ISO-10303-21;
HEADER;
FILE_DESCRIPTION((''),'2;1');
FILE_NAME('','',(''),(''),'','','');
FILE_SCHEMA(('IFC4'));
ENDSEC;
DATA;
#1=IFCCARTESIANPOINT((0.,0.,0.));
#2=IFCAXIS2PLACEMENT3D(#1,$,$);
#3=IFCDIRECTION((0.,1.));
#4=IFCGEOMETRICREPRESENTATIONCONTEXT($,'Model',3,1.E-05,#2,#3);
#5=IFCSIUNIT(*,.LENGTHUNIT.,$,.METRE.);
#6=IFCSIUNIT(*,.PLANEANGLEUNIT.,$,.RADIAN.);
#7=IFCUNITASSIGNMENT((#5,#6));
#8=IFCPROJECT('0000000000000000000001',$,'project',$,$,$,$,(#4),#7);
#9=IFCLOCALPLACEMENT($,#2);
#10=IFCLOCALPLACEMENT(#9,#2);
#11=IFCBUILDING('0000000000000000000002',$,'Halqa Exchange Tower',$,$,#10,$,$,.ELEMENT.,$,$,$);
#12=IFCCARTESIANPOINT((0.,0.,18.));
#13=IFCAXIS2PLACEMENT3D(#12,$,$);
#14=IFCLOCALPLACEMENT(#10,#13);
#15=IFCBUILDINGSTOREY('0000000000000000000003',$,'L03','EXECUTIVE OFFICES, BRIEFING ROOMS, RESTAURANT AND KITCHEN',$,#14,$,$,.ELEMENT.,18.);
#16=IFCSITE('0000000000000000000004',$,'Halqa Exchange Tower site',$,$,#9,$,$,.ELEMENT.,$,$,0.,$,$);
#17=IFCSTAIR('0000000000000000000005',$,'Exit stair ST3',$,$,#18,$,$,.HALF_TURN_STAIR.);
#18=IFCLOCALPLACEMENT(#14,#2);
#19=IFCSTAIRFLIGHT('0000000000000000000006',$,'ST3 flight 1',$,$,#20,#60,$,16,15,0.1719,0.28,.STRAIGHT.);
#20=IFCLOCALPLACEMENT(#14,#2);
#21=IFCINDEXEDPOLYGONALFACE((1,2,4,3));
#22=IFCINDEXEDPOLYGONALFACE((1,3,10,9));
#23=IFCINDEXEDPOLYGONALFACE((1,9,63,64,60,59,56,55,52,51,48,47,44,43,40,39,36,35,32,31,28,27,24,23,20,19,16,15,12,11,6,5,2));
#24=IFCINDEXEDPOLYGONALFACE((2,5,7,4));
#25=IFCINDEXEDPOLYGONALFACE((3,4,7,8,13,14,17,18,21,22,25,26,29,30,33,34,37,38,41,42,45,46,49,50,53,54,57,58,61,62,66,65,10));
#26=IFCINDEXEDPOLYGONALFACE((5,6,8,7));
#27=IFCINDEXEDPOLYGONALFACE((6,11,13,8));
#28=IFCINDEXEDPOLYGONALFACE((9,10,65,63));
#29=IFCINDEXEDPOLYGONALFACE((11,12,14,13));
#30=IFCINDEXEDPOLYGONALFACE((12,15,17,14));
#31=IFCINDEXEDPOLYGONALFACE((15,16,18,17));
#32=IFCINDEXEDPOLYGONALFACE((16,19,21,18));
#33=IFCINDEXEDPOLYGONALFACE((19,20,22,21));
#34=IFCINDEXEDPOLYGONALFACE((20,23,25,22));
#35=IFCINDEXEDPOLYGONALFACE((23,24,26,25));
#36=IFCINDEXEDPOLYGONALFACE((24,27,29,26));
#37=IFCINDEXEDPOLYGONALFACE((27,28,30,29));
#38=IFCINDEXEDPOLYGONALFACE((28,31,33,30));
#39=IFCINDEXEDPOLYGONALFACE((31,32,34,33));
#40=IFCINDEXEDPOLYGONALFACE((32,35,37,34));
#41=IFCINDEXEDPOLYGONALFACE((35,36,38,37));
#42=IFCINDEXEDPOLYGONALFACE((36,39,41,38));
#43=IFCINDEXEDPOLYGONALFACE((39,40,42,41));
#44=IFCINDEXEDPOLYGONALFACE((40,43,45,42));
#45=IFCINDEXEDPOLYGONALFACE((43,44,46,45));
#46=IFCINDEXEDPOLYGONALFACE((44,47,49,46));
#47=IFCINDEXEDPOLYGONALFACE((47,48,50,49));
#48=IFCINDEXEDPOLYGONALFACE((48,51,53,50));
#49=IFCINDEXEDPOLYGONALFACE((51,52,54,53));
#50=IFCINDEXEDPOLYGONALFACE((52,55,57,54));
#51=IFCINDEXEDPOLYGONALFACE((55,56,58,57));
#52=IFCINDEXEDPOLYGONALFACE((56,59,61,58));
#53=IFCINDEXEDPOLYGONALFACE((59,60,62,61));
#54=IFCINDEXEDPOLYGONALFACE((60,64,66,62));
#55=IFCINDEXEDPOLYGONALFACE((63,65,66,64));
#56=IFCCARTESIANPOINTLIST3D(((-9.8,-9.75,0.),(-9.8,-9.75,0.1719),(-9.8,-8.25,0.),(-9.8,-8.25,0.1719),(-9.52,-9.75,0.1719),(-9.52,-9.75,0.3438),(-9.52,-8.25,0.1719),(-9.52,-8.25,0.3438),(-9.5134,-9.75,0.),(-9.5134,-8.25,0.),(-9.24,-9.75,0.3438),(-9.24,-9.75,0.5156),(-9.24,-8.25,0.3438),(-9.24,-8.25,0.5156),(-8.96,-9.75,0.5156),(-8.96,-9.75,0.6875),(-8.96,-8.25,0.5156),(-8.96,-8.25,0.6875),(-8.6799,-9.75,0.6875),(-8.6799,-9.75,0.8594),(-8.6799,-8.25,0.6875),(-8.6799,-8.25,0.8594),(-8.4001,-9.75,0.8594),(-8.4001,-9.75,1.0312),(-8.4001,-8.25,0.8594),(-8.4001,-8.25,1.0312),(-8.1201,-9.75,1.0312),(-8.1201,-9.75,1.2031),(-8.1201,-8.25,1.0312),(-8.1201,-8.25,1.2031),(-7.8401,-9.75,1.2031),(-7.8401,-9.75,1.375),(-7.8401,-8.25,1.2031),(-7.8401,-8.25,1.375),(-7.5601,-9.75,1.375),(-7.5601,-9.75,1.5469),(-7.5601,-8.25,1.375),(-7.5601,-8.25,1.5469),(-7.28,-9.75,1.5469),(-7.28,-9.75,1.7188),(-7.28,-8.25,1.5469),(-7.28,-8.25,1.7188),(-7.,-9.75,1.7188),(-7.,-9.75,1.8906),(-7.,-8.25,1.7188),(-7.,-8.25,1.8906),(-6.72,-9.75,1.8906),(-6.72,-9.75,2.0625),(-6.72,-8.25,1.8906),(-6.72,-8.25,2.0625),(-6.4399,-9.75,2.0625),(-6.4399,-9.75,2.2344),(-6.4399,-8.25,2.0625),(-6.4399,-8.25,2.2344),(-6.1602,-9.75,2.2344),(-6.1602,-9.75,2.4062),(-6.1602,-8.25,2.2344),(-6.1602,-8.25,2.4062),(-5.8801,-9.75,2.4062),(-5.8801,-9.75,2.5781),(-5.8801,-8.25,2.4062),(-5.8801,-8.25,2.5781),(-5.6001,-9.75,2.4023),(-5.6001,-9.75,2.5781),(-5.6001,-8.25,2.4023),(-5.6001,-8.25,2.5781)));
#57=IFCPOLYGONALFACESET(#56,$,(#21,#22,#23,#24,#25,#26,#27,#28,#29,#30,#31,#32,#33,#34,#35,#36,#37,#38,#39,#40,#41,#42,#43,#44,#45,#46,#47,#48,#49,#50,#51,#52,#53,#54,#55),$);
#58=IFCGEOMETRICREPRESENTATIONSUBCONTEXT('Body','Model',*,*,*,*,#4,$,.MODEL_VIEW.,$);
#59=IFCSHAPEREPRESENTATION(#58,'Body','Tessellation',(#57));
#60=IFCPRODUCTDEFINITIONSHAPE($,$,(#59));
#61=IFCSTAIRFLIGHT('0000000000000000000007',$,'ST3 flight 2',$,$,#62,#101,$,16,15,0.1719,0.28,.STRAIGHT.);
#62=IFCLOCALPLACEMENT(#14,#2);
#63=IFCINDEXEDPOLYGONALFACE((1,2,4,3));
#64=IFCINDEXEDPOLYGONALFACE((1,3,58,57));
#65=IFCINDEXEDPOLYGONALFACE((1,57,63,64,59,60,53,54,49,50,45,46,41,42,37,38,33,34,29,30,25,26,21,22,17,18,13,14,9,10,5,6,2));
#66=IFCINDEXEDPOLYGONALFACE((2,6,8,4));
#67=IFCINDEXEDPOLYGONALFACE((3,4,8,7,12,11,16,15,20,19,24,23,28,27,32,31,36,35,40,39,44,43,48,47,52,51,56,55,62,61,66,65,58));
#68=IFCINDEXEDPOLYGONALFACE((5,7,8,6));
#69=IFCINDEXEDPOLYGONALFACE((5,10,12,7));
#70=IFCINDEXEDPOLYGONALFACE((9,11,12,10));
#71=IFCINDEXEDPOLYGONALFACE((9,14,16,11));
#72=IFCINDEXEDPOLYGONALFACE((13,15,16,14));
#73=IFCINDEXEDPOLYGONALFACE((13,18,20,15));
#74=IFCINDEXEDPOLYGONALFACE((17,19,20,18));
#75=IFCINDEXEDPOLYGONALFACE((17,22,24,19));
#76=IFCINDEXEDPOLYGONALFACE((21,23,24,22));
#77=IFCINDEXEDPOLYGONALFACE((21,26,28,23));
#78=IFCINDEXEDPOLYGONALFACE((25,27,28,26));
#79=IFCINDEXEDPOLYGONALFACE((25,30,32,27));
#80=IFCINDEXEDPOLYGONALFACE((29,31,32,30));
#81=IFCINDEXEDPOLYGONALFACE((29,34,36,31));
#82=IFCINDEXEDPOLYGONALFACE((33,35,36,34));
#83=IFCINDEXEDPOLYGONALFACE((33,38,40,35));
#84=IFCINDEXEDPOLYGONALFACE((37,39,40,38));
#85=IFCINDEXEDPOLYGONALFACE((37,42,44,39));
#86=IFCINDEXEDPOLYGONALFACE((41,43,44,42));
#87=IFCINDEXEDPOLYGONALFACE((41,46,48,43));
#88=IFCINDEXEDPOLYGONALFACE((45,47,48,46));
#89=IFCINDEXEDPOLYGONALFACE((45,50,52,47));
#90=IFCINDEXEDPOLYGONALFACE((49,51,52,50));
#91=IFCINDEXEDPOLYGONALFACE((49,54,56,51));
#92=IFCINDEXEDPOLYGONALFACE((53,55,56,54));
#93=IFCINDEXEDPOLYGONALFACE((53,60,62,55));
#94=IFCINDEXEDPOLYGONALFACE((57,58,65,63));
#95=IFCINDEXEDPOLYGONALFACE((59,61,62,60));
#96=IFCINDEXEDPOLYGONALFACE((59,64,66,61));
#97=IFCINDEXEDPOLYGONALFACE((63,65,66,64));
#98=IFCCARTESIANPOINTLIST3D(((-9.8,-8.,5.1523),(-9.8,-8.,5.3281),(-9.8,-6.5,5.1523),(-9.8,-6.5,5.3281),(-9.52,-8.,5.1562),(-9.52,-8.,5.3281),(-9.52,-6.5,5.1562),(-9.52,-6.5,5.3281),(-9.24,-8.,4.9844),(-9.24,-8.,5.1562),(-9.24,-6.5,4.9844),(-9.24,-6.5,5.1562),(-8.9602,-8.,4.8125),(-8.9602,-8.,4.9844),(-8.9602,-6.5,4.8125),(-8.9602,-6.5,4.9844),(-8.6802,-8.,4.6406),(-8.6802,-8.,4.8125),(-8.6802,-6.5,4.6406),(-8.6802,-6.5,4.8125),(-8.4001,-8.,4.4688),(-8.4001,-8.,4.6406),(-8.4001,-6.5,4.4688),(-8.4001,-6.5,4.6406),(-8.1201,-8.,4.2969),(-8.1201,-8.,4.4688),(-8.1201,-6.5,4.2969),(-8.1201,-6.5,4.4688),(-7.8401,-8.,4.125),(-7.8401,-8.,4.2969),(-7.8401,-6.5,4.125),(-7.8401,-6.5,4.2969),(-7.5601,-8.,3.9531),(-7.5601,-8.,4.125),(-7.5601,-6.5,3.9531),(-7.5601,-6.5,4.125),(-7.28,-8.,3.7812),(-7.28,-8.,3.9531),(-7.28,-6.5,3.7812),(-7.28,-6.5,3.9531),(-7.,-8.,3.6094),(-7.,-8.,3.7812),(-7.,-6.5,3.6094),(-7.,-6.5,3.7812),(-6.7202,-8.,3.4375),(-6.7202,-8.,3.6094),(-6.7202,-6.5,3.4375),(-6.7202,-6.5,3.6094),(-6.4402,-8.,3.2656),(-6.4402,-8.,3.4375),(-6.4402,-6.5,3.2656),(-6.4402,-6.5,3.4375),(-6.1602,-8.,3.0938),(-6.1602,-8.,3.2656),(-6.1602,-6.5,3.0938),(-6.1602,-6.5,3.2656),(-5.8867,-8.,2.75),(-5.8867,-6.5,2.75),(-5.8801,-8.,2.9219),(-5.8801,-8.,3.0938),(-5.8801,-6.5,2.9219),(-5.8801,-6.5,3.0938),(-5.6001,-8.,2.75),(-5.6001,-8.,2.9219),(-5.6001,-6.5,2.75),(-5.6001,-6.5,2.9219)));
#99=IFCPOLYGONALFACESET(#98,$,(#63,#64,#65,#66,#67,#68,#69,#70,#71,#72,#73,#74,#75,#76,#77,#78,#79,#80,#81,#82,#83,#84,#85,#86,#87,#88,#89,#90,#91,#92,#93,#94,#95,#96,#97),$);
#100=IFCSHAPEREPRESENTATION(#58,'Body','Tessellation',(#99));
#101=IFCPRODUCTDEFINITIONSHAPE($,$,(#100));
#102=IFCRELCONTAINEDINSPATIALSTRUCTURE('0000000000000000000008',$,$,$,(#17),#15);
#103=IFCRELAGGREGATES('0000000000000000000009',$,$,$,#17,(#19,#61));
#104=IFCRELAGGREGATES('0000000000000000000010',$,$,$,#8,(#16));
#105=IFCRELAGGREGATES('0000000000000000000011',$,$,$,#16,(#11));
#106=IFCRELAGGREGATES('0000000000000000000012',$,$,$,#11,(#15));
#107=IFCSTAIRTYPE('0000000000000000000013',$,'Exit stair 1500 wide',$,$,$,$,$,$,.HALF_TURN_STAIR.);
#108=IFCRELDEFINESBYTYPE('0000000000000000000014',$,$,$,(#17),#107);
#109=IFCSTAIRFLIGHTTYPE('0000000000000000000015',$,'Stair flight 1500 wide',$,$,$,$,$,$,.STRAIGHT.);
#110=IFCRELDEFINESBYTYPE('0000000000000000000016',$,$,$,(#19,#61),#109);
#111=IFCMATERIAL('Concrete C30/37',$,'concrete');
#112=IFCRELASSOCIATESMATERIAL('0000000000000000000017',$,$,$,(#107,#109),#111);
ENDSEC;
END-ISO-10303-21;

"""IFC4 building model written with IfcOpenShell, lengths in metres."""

from ifc_helpers import new_model, si_unit, direction, frame, origin, place, context, subcontext, project, spatial, polyline, outline, extrude, material, type_object, element, aggregate, save


model = new_model("IFC4")

# Units and contexts
model_context = context("Model", 3, precision=1e-05, world=origin(), true_north=direction((0.0, 1.0)))
body_context = subcontext(model_context, "Body", "Model", "MODEL_VIEW")
ifc_project = project(units=[si_unit("LENGTHUNIT", "METRE"), si_unit("PLANEANGLEUNIT", "RADIAN")], contexts=[model_context])

# Site, building, storey
site_placement = place(None, origin())
site = spatial("IfcSite", under=ifc_project, at=site_placement, Name="Halqa Exchange Tower site", CompositionType="ELEMENT", RefElevation=0.0)
building_placement = place(site_placement, origin())
building = spatial("IfcBuilding", under=site, at=building_placement, Name="Halqa Exchange Tower", CompositionType="ELEMENT")
storey_placement = place(building_placement, frame((0.0, 0.0, 18.0)))
storey = spatial("IfcBuildingStorey", under=building, at=storey_placement, Name="L03", Description="EXECUTIVE OFFICES, BRIEFING ROOMS, RESTAURANT AND KITCHEN", CompositionType="ELEMENT", Elevation=18.0)

# Stair, stair flights
ifc_material_1 = material(Name="Concrete C30/37", Category="concrete")
stair_type = type_object("IfcStairType", Name="Exit stair 1500 wide", PredefinedType="HALF_TURN_STAIR", material=ifc_material_1)
stair_placement = place(storey_placement, origin())
stair = element("IfcStair", 1, at=stair_placement, inside=storey, type_object=stair_type, Name="Exit stair ST3", PredefinedType="HALF_TURN_STAIR")
stair_flight_type = type_object("IfcStairFlightType", Name="Stair flight 1500 wide", PredefinedType="STRAIGHT", material=ifc_material_1)
stair_flight_1_placement = place(storey_placement, frame((-9.8, -9.0, 0.0), z_axis=(0.0, 0.0, 1.0), x_axis=(1.0, 0.0, 0.0)))
stair_flight_1 = element("IfcStairFlight", 2, at=stair_flight_1_placement, type_object=stair_flight_type, Name="ST3 flight 1", NumberOfRisers=16, NumberOfTreads=15, PredefinedType="STRAIGHT", RiserHeight=0.1719, TreadLength=0.28, context=body_context, shape_type="SweptSolid", body=[
    extrude(outline(polyline([(0.0, 0.0), (0.0, 0.1719), (0.28, 0.1719), (0.28, 0.3438), (0.5601, 0.3438), (0.5601, 0.5156), (0.8401, 0.5156), (0.8401, 0.6875), (1.1201, 0.6875), (1.1201, 0.8594), (1.3999, 0.8594), (1.3999, 1.0312), (1.6799, 1.0312), (1.6799, 1.2031), (1.96, 1.2031), (1.96, 1.375), (2.24, 1.375), (2.24, 1.5469), (2.52, 1.5469), (2.52, 1.7188), (2.8, 1.7188), (2.8, 1.8906), (3.0801, 1.8906), (3.0801, 2.0625), (3.3601, 2.0625), (3.3601, 2.2344), (3.6399, 2.2344), (3.6399, 2.4062), (3.9199, 2.4062), (3.9199, 2.5781), (4.2, 2.5781), (4.2, 2.75), (4.2, 2.4023), (0.2866, 0.0), (0.0, 0.0)])), frame((0.0, 0.75, 0.0), z_axis=(0.0, -1.0, 0.0), x_axis=(1.0, 0.0, 0.0)), (0.0, 0.0, 1.0), 1.5),
])
stair_flight_2_placement = place(storey_placement, frame((-5.6001, -7.25, 2.75), z_axis=(0.0, 0.0, 1.0), x_axis=(-1.0, 0.0, 0.0)))
stair_flight_2 = element("IfcStairFlight", 3, at=stair_flight_2_placement, type_object=stair_flight_type, Name="ST3 flight 2", NumberOfRisers=16, NumberOfTreads=15, PredefinedType="STRAIGHT", RiserHeight=0.1719, TreadLength=0.28, context=body_context, shape_type="SweptSolid", body=[
    extrude(outline(polyline([(0.0, 0.0), (0.0, 0.1719), (0.28, 0.1719), (0.28, 0.3438), (0.5601, 0.3438), (0.5601, 0.5156), (0.8401, 0.5156), (0.8401, 0.6875), (1.1201, 0.6875), (1.1201, 0.8594), (1.3999, 0.8594), (1.3999, 1.0312), (1.6799, 1.0312), (1.6799, 1.2031), (1.96, 1.2031), (1.96, 1.375), (2.24, 1.375), (2.24, 1.5469), (2.52, 1.5469), (2.52, 1.7188), (2.8, 1.7188), (2.8, 1.8906), (3.0801, 1.8906), (3.0801, 2.0625), (3.3601, 2.0625), (3.3601, 2.2344), (3.6399, 2.2344), (3.6399, 2.4062), (3.9199, 2.4062), (3.9199, 2.5781), (4.2, 2.5781), (4.2, 2.75), (4.2, 2.4023), (0.2866, 0.0), (0.0, 0.0)])), frame((0.0, 0.75, 0.0), z_axis=(0.0, -1.0, 0.0), x_axis=(1.0, 0.0, 0.0)), (0.0, 0.0, 1.0), 1.5),
])
aggregate(stair, [stair_flight_1, stair_flight_2])

save(model, "model.ifc")
